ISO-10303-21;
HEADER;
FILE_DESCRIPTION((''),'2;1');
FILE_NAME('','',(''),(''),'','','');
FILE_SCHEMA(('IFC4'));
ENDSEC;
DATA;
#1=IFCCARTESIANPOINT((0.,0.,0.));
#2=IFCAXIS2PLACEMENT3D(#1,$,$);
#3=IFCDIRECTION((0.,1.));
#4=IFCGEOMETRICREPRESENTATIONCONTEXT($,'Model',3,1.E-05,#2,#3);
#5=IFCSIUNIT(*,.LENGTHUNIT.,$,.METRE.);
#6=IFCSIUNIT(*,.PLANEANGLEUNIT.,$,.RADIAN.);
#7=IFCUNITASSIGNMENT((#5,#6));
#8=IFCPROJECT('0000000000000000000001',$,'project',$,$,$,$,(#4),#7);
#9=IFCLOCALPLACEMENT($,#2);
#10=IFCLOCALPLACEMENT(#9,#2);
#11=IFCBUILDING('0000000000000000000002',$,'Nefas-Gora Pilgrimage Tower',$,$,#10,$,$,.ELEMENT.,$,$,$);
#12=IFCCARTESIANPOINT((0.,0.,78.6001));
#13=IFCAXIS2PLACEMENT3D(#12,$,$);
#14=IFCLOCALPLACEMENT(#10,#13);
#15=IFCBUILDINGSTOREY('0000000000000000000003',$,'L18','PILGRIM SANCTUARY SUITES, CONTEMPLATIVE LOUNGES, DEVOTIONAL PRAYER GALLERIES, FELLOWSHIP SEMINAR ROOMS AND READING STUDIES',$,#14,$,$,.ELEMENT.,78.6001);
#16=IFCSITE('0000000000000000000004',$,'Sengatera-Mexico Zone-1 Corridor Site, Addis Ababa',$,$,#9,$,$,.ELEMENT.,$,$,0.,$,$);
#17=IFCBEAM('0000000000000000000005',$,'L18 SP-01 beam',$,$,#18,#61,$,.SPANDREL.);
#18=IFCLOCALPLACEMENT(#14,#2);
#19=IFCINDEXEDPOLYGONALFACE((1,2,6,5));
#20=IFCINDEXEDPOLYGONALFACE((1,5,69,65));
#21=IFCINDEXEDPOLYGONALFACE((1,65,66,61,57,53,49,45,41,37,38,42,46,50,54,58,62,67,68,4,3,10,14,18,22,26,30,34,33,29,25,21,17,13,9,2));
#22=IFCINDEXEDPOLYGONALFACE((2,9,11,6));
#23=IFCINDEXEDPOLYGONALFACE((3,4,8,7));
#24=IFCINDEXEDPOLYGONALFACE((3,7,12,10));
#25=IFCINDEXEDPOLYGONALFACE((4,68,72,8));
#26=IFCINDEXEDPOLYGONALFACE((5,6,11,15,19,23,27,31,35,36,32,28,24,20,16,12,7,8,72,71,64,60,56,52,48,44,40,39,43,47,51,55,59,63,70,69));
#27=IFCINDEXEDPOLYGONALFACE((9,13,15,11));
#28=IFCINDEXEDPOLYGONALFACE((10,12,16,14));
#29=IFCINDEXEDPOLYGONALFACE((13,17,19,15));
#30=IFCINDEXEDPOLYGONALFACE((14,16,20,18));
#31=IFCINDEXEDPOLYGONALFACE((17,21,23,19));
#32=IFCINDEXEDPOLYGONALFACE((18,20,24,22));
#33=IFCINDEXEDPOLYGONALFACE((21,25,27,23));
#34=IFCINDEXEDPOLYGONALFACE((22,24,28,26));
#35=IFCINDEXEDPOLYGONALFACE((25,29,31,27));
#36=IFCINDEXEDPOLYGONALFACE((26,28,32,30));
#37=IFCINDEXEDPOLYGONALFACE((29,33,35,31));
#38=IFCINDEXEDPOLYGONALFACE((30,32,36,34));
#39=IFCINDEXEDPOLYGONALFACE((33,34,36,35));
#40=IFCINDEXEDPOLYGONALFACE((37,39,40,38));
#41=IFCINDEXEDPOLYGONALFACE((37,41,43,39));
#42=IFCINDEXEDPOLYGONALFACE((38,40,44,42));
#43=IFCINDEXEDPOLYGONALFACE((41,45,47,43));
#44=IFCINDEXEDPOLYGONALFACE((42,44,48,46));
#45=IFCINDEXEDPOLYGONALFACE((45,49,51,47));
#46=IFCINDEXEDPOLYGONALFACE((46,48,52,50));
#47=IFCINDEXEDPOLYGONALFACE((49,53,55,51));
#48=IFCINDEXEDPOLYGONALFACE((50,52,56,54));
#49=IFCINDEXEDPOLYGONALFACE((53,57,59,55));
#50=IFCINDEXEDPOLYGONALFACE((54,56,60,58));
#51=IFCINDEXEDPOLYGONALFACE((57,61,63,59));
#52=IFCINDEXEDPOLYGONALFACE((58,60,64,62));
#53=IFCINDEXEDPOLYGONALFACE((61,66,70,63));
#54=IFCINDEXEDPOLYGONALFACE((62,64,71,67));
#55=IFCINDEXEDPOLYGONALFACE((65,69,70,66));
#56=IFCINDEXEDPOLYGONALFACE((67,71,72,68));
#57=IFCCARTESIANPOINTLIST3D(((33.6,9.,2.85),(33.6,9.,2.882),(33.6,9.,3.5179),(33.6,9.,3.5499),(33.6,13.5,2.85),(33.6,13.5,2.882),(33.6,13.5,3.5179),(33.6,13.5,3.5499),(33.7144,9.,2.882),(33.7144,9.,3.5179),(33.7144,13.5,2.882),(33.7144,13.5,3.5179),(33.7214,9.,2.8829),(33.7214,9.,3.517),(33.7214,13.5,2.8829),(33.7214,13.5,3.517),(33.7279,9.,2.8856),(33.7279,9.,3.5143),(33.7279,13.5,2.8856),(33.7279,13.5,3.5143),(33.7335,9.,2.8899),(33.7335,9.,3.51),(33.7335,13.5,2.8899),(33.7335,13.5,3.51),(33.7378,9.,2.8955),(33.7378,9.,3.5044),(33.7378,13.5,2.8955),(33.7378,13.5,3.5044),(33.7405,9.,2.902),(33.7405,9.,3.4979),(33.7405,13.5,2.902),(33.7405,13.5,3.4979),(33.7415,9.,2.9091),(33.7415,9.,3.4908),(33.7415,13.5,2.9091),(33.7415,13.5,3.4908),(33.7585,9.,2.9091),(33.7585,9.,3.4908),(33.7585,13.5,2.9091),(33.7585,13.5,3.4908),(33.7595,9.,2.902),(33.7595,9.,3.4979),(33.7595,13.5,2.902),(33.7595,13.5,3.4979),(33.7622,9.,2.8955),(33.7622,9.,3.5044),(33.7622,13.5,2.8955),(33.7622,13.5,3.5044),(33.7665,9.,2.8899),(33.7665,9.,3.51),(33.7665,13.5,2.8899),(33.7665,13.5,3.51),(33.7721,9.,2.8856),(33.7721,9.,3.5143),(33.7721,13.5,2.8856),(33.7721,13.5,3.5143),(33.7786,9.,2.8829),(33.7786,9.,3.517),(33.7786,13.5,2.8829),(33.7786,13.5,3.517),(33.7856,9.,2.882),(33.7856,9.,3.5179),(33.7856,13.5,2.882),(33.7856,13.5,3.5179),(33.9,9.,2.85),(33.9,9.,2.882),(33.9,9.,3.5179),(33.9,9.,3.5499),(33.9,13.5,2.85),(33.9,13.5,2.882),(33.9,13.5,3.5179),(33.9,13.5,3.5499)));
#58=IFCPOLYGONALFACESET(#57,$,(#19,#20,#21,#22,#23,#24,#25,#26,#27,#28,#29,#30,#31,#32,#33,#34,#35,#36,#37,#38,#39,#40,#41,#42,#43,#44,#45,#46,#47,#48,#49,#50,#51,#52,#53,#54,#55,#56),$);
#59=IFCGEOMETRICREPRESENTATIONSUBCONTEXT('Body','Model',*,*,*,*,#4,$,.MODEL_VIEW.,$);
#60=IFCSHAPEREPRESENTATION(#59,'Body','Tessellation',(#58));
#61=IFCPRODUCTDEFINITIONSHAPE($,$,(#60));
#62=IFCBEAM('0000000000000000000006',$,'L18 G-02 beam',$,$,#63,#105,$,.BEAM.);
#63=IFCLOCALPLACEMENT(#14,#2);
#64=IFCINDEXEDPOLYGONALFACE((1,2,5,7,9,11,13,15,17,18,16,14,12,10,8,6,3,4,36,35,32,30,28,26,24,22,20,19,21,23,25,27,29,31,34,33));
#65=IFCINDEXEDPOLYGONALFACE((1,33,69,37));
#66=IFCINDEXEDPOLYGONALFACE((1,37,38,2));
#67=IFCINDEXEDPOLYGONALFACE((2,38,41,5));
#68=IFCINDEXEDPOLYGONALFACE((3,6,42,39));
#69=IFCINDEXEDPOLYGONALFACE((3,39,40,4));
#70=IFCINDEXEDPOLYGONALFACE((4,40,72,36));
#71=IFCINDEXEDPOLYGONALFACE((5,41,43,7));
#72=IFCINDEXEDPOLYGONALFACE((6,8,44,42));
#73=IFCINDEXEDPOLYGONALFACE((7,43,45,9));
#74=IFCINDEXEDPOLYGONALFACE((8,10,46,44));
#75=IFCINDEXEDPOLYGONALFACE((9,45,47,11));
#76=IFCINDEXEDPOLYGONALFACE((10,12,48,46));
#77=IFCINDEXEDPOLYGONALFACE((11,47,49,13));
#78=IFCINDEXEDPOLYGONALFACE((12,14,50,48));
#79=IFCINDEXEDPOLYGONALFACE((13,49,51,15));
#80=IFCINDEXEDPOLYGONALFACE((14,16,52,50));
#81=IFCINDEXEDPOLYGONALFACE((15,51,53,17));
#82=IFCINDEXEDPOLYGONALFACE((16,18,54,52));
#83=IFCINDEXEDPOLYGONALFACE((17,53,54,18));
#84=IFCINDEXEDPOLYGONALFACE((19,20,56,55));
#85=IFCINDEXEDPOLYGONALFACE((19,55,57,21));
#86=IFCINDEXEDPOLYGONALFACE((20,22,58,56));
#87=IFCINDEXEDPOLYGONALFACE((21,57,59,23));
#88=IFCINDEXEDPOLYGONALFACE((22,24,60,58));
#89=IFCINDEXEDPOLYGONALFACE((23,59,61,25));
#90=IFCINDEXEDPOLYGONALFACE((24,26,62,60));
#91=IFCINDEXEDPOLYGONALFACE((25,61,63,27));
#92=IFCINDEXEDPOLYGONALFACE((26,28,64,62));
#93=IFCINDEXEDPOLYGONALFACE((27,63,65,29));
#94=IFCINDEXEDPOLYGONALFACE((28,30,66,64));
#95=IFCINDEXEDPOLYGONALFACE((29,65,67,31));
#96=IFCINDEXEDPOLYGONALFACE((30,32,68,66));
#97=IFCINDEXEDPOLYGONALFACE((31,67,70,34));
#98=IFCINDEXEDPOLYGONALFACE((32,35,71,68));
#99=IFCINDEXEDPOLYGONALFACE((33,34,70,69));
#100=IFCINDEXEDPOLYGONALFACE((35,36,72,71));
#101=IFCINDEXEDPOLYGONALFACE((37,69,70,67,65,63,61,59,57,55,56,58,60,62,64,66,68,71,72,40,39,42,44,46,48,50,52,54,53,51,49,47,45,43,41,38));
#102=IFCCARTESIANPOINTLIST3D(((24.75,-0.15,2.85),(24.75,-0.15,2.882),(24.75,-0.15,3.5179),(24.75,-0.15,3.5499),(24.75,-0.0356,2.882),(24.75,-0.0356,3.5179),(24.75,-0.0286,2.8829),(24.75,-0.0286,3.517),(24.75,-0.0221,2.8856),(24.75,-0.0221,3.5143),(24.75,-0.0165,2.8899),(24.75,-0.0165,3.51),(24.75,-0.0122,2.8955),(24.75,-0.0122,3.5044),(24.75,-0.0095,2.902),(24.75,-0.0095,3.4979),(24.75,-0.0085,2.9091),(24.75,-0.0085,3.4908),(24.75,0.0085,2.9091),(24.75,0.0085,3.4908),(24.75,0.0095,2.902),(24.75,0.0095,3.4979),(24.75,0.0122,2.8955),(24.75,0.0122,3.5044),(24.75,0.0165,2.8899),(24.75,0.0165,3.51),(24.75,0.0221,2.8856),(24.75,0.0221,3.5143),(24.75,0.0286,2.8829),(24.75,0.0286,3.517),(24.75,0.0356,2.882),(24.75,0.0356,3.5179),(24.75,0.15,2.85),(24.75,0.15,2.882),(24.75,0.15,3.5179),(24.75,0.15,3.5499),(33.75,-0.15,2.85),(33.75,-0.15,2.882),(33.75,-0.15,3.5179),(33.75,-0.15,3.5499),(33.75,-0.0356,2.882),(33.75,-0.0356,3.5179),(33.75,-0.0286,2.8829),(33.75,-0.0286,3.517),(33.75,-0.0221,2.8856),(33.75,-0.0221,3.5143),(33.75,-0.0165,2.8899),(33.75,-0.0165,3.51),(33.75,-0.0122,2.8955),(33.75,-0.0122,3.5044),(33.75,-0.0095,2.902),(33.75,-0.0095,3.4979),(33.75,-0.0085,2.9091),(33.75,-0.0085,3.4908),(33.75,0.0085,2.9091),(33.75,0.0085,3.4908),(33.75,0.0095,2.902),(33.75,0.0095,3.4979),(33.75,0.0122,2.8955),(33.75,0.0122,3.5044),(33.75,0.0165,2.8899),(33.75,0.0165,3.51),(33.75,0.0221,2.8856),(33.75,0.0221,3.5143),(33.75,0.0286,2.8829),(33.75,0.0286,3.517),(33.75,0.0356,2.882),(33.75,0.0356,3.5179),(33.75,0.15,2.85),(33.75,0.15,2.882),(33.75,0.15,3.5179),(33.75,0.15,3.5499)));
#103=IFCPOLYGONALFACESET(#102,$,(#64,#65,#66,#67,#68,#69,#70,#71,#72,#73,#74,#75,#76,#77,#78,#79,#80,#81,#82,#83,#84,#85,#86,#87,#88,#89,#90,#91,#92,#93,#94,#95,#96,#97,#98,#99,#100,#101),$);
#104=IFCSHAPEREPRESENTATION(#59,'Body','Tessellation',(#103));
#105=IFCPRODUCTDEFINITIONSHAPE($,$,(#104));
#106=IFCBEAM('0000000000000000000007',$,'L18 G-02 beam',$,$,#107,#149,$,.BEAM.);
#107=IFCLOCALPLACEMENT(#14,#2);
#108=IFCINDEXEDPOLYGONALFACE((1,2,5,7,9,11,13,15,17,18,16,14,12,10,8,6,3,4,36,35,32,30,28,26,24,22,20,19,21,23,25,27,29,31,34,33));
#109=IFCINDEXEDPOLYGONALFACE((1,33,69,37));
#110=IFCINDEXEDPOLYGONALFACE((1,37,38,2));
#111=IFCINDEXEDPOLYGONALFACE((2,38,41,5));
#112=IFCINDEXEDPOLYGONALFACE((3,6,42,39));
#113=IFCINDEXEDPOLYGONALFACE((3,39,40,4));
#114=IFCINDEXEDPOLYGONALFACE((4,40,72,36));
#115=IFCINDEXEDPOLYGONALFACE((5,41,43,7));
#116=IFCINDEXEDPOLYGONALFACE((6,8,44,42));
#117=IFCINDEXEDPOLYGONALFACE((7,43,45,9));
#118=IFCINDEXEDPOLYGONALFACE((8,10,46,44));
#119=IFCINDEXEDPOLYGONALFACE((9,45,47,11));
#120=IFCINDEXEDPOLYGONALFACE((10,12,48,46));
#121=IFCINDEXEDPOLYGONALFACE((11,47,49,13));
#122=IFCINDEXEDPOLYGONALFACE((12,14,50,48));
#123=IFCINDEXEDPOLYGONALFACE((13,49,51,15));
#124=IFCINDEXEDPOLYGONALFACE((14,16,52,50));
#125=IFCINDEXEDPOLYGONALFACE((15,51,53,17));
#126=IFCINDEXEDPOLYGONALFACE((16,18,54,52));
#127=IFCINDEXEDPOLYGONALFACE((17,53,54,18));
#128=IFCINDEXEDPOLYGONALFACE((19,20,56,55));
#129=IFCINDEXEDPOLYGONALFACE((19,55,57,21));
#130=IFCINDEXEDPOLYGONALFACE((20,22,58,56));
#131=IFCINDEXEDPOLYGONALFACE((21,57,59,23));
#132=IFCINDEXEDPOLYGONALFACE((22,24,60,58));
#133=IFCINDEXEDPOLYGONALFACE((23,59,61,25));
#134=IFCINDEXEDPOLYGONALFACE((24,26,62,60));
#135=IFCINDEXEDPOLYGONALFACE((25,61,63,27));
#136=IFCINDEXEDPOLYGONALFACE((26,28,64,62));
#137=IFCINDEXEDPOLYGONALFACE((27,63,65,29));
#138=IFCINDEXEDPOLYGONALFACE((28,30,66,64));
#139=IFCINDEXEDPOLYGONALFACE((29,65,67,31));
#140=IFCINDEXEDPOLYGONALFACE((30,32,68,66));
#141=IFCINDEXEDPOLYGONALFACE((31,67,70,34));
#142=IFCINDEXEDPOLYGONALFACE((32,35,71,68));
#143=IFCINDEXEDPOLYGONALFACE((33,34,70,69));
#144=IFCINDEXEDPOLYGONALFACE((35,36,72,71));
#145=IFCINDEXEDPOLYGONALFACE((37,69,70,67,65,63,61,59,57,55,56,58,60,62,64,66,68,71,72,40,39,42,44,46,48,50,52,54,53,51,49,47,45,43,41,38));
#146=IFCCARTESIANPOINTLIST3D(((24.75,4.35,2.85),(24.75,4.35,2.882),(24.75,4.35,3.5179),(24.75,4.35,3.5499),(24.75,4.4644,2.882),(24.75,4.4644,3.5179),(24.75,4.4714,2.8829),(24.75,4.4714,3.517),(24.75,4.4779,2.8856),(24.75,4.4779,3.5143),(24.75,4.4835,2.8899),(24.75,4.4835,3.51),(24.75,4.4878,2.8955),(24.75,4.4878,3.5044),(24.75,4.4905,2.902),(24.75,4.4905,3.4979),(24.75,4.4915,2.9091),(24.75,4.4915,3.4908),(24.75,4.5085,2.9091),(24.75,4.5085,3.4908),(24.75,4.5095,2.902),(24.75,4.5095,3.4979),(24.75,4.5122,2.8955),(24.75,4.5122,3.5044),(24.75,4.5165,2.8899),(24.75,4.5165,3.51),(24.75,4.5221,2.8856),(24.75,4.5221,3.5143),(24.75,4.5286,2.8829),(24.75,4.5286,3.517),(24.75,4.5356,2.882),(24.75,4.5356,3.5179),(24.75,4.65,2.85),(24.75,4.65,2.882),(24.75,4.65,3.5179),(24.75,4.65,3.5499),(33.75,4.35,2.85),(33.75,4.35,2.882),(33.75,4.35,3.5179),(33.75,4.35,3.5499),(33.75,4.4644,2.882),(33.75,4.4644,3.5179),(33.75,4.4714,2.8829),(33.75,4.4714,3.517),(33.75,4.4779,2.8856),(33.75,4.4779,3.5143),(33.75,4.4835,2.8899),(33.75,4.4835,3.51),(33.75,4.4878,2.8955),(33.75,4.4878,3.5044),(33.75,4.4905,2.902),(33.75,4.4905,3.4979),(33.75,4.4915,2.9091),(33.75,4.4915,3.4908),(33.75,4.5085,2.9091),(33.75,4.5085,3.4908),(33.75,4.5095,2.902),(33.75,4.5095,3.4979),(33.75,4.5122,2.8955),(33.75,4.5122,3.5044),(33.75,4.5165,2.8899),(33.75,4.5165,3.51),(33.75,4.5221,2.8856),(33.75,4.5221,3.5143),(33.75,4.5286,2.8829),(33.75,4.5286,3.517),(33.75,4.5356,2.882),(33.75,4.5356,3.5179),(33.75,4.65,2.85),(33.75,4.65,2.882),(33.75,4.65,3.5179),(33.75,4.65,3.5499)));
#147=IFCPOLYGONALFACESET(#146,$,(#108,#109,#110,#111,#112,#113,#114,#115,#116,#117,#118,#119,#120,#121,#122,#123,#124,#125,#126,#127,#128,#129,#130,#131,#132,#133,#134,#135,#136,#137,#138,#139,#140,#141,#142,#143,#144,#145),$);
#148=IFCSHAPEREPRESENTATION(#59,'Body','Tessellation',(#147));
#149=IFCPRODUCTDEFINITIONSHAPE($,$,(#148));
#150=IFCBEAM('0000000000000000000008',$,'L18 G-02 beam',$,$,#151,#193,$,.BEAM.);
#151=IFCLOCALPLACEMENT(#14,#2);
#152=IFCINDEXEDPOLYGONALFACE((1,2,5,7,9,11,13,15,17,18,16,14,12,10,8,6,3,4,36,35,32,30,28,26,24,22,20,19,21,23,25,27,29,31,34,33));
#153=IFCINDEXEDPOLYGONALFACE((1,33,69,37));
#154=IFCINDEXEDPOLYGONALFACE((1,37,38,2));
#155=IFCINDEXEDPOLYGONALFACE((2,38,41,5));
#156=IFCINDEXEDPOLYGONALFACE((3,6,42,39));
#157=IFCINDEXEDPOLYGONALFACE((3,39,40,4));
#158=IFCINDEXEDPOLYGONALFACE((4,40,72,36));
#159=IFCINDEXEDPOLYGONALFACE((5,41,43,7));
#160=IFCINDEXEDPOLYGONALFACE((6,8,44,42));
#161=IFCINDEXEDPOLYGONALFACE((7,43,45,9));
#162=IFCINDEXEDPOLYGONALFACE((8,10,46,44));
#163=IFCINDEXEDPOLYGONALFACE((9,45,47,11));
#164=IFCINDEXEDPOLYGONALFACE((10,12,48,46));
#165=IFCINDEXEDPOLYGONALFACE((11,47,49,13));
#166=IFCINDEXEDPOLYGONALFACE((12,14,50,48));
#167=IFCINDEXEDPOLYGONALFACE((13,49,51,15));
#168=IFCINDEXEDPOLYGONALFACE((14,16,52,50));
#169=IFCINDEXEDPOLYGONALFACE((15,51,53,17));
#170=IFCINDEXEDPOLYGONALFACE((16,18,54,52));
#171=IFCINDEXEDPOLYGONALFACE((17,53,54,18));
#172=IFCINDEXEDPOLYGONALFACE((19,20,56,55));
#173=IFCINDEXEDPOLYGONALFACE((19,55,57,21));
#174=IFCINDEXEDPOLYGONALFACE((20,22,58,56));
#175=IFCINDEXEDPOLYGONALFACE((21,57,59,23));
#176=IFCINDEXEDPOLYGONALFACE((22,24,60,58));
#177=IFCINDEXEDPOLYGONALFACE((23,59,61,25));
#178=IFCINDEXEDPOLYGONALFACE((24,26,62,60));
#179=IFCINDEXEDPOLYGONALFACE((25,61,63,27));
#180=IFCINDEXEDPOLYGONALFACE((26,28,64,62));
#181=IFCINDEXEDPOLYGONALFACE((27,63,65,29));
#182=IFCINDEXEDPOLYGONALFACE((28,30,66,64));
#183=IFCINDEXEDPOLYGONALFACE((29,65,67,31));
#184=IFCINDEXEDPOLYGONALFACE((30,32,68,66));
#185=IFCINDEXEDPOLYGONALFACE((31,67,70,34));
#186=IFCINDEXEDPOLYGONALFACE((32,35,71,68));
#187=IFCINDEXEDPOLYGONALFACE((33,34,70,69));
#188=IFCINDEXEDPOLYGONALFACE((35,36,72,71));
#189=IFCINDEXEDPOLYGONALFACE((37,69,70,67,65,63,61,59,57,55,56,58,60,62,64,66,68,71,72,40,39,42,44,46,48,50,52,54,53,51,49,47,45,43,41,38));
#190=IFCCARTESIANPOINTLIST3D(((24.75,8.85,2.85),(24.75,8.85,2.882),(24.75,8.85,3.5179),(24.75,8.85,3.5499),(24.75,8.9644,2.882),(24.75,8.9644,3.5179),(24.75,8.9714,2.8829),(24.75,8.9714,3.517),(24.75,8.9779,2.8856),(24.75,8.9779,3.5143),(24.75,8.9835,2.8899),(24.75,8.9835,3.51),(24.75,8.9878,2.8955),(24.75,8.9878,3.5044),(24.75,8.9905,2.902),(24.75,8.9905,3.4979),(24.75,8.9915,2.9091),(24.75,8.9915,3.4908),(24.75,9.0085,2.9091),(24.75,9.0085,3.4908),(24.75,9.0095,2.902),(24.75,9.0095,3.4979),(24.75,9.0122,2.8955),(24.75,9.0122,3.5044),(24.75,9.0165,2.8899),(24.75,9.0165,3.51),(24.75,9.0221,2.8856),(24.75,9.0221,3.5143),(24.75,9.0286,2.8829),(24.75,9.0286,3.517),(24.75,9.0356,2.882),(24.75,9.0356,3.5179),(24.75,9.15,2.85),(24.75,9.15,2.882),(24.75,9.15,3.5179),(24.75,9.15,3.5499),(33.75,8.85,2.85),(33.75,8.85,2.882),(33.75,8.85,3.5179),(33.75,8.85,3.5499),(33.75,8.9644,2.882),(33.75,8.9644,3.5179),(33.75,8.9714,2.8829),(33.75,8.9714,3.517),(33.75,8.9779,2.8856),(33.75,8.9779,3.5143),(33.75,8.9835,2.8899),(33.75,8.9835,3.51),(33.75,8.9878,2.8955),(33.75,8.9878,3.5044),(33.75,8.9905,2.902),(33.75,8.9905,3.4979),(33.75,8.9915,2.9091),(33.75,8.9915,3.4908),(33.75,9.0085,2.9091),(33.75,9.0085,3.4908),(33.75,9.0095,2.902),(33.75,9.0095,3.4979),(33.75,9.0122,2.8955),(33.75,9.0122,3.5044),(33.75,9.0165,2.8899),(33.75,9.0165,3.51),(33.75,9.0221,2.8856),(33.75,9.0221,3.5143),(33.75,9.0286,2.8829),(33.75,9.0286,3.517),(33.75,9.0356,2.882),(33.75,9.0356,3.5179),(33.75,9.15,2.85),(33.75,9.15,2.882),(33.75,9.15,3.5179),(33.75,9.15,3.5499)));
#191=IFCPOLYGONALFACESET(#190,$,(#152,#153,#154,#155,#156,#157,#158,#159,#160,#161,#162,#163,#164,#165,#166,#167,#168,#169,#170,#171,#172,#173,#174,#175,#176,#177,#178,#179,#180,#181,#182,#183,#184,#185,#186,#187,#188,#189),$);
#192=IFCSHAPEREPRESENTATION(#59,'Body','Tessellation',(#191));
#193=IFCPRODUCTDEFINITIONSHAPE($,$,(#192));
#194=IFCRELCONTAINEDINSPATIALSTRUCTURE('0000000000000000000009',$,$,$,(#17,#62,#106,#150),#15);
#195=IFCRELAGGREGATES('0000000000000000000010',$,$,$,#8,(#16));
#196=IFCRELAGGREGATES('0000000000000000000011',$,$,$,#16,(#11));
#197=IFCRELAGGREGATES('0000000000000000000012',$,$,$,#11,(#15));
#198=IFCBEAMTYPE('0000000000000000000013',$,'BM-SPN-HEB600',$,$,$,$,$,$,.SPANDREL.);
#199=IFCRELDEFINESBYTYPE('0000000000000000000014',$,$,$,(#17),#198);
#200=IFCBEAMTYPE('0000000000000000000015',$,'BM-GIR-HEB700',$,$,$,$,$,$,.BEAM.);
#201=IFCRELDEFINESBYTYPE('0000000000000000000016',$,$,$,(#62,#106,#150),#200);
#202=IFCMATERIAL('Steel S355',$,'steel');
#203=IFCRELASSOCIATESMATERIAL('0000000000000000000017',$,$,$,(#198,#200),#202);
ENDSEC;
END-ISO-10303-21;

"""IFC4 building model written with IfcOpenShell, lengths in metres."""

from ifc_helpers import new_model, si_unit, direction, frame, origin, origin_2d, place, context, subcontext, project, spatial, i_section, extrude, source, transform, mapped, material, material_profile, profile_set, type_object, element, save


model = new_model("IFC4")

# Units and contexts
model_context = context("Model", 3, precision=1e-05, world=origin(), true_north=direction((0.0, 1.0)))
body_context = subcontext(model_context, "Body", "Model", "MODEL_VIEW")
ifc_project = project(units=[si_unit("LENGTHUNIT", "METRE"), si_unit("PLANEANGLEUNIT", "RADIAN")], contexts=[model_context])

# Site, building, storey
site_placement = place(None, origin())
site = spatial("IfcSite", under=ifc_project, at=site_placement, Name="Sengatera-Mexico Zone-1 Corridor Site, Addis Ababa", CompositionType="ELEMENT", RefElevation=0.0)
building_placement = place(site_placement, origin())
building = spatial("IfcBuilding", under=site, at=building_placement, Name="Nefas-Gora Pilgrimage Tower", CompositionType="ELEMENT")
storey_placement = place(building_placement, frame((0.0, 0.0, 78.6001)))
storey = spatial("IfcBuildingStorey", under=building, at=storey_placement, Name="L18", Description="PILGRIM SANCTUARY SUITES, CONTEMPLATIVE LOUNGES, DEVOTIONAL PRAYER GALLERIES, FELLOWSHIP SEMINAR ROOMS AND READING STUDIES", CompositionType="ELEMENT", Elevation=78.6001)

# Beams
ifc_material_1 = material(Name="Steel S355", Category="steel")
ifc_material_profile_1 = material_profile(ifc_material_1, i_section(OverallWidth=0.3, OverallDepth=0.7, WebThickness=0.0171, FlangeThickness=0.032, FilletRadius=0.0271, at=origin_2d()), Name="HEB 700")
ifc_profile_set_1 = profile_set([ifc_material_profile_1], Name="Steel S355")
beam_type_1 = type_object("IfcBeamType", Name="BM-SPN-HEB600", PredefinedType="SPANDREL", material=ifc_profile_set_1)
shared_shape_1 = source(origin(), body_context, "Body", "SweptSolid", [
    extrude(i_section(OverallWidth=0.3, OverallDepth=0.7, WebThickness=0.0171, FlangeThickness=0.032, FilletRadius=0.0271, at=origin_2d()), origin(), (0.0, 0.0, 1.0), 4.5),
])
for number, where, z_axis, x_axis, name in (
    (1, (33.75, 9.0, 3.2), (0.0, 1.0, 0.0), (-1.0, 0.0, 0.0), "L18 SP-01 beam"),
):
    element("IfcBeam", number, at=place(storey_placement, frame(where, z_axis=z_axis, x_axis=x_axis)), inside=storey, type_object=beam_type_1, Name=name, PredefinedType="SPANDREL", context=body_context, shape_type="MappedRepresentation", body=[
        mapped(shared_shape_1, transform((0.0, 0.0, 0.0), x_axis=(1.0, 0.0, 0.0), y_axis=(0.0, 1.0, 0.0), z_axis=(0.0, 0.0, 1.0), scale=1.0)),
    ])
ifc_material_profile_2 = material_profile(ifc_material_1, i_section(OverallWidth=0.3, OverallDepth=0.7, WebThickness=0.0171, FlangeThickness=0.032, FilletRadius=0.0271, at=origin_2d()), Name="HEB 700")
ifc_profile_set_2 = profile_set([ifc_material_profile_2], Name="Steel S355")
beam_type_2 = type_object("IfcBeamType", Name="BM-GIR-HEB700", PredefinedType="BEAM", material=ifc_profile_set_2)
shared_shape_2 = source(origin(), body_context, "Body", "SweptSolid", [
    extrude(i_section(OverallWidth=0.3, OverallDepth=0.7, WebThickness=0.0171, FlangeThickness=0.032, FilletRadius=0.0271, at=origin_2d()), origin(), (0.0, 0.0, 1.0), 9.0),
])
for number, where, z_axis, x_axis, name in (
    (2, (24.75, 0.0, 3.2), (1.0, 0.0, 0.0), (0.0, 1.0, 0.0), "L18 G-02 beam"),
    (3, (24.75, 4.5, 3.2), (1.0, 0.0, 0.0), (0.0, 1.0, 0.0), "L18 G-02 beam"),
    (4, (24.75, 9.0, 3.2), (1.0, 0.0, 0.0), (0.0, 1.0, 0.0), "L18 G-02 beam"),
):
    element("IfcBeam", number, at=place(storey_placement, frame(where, z_axis=z_axis, x_axis=x_axis)), inside=storey, type_object=beam_type_2, Name=name, PredefinedType="BEAM", context=body_context, shape_type="MappedRepresentation", body=[
        mapped(shared_shape_2, transform((0.0, 0.0, 0.0), x_axis=(1.0, 0.0, 0.0), y_axis=(0.0, 1.0, 0.0), z_axis=(0.0, 0.0, 1.0), scale=1.0)),
    ])

save(model, "model.ifc")
